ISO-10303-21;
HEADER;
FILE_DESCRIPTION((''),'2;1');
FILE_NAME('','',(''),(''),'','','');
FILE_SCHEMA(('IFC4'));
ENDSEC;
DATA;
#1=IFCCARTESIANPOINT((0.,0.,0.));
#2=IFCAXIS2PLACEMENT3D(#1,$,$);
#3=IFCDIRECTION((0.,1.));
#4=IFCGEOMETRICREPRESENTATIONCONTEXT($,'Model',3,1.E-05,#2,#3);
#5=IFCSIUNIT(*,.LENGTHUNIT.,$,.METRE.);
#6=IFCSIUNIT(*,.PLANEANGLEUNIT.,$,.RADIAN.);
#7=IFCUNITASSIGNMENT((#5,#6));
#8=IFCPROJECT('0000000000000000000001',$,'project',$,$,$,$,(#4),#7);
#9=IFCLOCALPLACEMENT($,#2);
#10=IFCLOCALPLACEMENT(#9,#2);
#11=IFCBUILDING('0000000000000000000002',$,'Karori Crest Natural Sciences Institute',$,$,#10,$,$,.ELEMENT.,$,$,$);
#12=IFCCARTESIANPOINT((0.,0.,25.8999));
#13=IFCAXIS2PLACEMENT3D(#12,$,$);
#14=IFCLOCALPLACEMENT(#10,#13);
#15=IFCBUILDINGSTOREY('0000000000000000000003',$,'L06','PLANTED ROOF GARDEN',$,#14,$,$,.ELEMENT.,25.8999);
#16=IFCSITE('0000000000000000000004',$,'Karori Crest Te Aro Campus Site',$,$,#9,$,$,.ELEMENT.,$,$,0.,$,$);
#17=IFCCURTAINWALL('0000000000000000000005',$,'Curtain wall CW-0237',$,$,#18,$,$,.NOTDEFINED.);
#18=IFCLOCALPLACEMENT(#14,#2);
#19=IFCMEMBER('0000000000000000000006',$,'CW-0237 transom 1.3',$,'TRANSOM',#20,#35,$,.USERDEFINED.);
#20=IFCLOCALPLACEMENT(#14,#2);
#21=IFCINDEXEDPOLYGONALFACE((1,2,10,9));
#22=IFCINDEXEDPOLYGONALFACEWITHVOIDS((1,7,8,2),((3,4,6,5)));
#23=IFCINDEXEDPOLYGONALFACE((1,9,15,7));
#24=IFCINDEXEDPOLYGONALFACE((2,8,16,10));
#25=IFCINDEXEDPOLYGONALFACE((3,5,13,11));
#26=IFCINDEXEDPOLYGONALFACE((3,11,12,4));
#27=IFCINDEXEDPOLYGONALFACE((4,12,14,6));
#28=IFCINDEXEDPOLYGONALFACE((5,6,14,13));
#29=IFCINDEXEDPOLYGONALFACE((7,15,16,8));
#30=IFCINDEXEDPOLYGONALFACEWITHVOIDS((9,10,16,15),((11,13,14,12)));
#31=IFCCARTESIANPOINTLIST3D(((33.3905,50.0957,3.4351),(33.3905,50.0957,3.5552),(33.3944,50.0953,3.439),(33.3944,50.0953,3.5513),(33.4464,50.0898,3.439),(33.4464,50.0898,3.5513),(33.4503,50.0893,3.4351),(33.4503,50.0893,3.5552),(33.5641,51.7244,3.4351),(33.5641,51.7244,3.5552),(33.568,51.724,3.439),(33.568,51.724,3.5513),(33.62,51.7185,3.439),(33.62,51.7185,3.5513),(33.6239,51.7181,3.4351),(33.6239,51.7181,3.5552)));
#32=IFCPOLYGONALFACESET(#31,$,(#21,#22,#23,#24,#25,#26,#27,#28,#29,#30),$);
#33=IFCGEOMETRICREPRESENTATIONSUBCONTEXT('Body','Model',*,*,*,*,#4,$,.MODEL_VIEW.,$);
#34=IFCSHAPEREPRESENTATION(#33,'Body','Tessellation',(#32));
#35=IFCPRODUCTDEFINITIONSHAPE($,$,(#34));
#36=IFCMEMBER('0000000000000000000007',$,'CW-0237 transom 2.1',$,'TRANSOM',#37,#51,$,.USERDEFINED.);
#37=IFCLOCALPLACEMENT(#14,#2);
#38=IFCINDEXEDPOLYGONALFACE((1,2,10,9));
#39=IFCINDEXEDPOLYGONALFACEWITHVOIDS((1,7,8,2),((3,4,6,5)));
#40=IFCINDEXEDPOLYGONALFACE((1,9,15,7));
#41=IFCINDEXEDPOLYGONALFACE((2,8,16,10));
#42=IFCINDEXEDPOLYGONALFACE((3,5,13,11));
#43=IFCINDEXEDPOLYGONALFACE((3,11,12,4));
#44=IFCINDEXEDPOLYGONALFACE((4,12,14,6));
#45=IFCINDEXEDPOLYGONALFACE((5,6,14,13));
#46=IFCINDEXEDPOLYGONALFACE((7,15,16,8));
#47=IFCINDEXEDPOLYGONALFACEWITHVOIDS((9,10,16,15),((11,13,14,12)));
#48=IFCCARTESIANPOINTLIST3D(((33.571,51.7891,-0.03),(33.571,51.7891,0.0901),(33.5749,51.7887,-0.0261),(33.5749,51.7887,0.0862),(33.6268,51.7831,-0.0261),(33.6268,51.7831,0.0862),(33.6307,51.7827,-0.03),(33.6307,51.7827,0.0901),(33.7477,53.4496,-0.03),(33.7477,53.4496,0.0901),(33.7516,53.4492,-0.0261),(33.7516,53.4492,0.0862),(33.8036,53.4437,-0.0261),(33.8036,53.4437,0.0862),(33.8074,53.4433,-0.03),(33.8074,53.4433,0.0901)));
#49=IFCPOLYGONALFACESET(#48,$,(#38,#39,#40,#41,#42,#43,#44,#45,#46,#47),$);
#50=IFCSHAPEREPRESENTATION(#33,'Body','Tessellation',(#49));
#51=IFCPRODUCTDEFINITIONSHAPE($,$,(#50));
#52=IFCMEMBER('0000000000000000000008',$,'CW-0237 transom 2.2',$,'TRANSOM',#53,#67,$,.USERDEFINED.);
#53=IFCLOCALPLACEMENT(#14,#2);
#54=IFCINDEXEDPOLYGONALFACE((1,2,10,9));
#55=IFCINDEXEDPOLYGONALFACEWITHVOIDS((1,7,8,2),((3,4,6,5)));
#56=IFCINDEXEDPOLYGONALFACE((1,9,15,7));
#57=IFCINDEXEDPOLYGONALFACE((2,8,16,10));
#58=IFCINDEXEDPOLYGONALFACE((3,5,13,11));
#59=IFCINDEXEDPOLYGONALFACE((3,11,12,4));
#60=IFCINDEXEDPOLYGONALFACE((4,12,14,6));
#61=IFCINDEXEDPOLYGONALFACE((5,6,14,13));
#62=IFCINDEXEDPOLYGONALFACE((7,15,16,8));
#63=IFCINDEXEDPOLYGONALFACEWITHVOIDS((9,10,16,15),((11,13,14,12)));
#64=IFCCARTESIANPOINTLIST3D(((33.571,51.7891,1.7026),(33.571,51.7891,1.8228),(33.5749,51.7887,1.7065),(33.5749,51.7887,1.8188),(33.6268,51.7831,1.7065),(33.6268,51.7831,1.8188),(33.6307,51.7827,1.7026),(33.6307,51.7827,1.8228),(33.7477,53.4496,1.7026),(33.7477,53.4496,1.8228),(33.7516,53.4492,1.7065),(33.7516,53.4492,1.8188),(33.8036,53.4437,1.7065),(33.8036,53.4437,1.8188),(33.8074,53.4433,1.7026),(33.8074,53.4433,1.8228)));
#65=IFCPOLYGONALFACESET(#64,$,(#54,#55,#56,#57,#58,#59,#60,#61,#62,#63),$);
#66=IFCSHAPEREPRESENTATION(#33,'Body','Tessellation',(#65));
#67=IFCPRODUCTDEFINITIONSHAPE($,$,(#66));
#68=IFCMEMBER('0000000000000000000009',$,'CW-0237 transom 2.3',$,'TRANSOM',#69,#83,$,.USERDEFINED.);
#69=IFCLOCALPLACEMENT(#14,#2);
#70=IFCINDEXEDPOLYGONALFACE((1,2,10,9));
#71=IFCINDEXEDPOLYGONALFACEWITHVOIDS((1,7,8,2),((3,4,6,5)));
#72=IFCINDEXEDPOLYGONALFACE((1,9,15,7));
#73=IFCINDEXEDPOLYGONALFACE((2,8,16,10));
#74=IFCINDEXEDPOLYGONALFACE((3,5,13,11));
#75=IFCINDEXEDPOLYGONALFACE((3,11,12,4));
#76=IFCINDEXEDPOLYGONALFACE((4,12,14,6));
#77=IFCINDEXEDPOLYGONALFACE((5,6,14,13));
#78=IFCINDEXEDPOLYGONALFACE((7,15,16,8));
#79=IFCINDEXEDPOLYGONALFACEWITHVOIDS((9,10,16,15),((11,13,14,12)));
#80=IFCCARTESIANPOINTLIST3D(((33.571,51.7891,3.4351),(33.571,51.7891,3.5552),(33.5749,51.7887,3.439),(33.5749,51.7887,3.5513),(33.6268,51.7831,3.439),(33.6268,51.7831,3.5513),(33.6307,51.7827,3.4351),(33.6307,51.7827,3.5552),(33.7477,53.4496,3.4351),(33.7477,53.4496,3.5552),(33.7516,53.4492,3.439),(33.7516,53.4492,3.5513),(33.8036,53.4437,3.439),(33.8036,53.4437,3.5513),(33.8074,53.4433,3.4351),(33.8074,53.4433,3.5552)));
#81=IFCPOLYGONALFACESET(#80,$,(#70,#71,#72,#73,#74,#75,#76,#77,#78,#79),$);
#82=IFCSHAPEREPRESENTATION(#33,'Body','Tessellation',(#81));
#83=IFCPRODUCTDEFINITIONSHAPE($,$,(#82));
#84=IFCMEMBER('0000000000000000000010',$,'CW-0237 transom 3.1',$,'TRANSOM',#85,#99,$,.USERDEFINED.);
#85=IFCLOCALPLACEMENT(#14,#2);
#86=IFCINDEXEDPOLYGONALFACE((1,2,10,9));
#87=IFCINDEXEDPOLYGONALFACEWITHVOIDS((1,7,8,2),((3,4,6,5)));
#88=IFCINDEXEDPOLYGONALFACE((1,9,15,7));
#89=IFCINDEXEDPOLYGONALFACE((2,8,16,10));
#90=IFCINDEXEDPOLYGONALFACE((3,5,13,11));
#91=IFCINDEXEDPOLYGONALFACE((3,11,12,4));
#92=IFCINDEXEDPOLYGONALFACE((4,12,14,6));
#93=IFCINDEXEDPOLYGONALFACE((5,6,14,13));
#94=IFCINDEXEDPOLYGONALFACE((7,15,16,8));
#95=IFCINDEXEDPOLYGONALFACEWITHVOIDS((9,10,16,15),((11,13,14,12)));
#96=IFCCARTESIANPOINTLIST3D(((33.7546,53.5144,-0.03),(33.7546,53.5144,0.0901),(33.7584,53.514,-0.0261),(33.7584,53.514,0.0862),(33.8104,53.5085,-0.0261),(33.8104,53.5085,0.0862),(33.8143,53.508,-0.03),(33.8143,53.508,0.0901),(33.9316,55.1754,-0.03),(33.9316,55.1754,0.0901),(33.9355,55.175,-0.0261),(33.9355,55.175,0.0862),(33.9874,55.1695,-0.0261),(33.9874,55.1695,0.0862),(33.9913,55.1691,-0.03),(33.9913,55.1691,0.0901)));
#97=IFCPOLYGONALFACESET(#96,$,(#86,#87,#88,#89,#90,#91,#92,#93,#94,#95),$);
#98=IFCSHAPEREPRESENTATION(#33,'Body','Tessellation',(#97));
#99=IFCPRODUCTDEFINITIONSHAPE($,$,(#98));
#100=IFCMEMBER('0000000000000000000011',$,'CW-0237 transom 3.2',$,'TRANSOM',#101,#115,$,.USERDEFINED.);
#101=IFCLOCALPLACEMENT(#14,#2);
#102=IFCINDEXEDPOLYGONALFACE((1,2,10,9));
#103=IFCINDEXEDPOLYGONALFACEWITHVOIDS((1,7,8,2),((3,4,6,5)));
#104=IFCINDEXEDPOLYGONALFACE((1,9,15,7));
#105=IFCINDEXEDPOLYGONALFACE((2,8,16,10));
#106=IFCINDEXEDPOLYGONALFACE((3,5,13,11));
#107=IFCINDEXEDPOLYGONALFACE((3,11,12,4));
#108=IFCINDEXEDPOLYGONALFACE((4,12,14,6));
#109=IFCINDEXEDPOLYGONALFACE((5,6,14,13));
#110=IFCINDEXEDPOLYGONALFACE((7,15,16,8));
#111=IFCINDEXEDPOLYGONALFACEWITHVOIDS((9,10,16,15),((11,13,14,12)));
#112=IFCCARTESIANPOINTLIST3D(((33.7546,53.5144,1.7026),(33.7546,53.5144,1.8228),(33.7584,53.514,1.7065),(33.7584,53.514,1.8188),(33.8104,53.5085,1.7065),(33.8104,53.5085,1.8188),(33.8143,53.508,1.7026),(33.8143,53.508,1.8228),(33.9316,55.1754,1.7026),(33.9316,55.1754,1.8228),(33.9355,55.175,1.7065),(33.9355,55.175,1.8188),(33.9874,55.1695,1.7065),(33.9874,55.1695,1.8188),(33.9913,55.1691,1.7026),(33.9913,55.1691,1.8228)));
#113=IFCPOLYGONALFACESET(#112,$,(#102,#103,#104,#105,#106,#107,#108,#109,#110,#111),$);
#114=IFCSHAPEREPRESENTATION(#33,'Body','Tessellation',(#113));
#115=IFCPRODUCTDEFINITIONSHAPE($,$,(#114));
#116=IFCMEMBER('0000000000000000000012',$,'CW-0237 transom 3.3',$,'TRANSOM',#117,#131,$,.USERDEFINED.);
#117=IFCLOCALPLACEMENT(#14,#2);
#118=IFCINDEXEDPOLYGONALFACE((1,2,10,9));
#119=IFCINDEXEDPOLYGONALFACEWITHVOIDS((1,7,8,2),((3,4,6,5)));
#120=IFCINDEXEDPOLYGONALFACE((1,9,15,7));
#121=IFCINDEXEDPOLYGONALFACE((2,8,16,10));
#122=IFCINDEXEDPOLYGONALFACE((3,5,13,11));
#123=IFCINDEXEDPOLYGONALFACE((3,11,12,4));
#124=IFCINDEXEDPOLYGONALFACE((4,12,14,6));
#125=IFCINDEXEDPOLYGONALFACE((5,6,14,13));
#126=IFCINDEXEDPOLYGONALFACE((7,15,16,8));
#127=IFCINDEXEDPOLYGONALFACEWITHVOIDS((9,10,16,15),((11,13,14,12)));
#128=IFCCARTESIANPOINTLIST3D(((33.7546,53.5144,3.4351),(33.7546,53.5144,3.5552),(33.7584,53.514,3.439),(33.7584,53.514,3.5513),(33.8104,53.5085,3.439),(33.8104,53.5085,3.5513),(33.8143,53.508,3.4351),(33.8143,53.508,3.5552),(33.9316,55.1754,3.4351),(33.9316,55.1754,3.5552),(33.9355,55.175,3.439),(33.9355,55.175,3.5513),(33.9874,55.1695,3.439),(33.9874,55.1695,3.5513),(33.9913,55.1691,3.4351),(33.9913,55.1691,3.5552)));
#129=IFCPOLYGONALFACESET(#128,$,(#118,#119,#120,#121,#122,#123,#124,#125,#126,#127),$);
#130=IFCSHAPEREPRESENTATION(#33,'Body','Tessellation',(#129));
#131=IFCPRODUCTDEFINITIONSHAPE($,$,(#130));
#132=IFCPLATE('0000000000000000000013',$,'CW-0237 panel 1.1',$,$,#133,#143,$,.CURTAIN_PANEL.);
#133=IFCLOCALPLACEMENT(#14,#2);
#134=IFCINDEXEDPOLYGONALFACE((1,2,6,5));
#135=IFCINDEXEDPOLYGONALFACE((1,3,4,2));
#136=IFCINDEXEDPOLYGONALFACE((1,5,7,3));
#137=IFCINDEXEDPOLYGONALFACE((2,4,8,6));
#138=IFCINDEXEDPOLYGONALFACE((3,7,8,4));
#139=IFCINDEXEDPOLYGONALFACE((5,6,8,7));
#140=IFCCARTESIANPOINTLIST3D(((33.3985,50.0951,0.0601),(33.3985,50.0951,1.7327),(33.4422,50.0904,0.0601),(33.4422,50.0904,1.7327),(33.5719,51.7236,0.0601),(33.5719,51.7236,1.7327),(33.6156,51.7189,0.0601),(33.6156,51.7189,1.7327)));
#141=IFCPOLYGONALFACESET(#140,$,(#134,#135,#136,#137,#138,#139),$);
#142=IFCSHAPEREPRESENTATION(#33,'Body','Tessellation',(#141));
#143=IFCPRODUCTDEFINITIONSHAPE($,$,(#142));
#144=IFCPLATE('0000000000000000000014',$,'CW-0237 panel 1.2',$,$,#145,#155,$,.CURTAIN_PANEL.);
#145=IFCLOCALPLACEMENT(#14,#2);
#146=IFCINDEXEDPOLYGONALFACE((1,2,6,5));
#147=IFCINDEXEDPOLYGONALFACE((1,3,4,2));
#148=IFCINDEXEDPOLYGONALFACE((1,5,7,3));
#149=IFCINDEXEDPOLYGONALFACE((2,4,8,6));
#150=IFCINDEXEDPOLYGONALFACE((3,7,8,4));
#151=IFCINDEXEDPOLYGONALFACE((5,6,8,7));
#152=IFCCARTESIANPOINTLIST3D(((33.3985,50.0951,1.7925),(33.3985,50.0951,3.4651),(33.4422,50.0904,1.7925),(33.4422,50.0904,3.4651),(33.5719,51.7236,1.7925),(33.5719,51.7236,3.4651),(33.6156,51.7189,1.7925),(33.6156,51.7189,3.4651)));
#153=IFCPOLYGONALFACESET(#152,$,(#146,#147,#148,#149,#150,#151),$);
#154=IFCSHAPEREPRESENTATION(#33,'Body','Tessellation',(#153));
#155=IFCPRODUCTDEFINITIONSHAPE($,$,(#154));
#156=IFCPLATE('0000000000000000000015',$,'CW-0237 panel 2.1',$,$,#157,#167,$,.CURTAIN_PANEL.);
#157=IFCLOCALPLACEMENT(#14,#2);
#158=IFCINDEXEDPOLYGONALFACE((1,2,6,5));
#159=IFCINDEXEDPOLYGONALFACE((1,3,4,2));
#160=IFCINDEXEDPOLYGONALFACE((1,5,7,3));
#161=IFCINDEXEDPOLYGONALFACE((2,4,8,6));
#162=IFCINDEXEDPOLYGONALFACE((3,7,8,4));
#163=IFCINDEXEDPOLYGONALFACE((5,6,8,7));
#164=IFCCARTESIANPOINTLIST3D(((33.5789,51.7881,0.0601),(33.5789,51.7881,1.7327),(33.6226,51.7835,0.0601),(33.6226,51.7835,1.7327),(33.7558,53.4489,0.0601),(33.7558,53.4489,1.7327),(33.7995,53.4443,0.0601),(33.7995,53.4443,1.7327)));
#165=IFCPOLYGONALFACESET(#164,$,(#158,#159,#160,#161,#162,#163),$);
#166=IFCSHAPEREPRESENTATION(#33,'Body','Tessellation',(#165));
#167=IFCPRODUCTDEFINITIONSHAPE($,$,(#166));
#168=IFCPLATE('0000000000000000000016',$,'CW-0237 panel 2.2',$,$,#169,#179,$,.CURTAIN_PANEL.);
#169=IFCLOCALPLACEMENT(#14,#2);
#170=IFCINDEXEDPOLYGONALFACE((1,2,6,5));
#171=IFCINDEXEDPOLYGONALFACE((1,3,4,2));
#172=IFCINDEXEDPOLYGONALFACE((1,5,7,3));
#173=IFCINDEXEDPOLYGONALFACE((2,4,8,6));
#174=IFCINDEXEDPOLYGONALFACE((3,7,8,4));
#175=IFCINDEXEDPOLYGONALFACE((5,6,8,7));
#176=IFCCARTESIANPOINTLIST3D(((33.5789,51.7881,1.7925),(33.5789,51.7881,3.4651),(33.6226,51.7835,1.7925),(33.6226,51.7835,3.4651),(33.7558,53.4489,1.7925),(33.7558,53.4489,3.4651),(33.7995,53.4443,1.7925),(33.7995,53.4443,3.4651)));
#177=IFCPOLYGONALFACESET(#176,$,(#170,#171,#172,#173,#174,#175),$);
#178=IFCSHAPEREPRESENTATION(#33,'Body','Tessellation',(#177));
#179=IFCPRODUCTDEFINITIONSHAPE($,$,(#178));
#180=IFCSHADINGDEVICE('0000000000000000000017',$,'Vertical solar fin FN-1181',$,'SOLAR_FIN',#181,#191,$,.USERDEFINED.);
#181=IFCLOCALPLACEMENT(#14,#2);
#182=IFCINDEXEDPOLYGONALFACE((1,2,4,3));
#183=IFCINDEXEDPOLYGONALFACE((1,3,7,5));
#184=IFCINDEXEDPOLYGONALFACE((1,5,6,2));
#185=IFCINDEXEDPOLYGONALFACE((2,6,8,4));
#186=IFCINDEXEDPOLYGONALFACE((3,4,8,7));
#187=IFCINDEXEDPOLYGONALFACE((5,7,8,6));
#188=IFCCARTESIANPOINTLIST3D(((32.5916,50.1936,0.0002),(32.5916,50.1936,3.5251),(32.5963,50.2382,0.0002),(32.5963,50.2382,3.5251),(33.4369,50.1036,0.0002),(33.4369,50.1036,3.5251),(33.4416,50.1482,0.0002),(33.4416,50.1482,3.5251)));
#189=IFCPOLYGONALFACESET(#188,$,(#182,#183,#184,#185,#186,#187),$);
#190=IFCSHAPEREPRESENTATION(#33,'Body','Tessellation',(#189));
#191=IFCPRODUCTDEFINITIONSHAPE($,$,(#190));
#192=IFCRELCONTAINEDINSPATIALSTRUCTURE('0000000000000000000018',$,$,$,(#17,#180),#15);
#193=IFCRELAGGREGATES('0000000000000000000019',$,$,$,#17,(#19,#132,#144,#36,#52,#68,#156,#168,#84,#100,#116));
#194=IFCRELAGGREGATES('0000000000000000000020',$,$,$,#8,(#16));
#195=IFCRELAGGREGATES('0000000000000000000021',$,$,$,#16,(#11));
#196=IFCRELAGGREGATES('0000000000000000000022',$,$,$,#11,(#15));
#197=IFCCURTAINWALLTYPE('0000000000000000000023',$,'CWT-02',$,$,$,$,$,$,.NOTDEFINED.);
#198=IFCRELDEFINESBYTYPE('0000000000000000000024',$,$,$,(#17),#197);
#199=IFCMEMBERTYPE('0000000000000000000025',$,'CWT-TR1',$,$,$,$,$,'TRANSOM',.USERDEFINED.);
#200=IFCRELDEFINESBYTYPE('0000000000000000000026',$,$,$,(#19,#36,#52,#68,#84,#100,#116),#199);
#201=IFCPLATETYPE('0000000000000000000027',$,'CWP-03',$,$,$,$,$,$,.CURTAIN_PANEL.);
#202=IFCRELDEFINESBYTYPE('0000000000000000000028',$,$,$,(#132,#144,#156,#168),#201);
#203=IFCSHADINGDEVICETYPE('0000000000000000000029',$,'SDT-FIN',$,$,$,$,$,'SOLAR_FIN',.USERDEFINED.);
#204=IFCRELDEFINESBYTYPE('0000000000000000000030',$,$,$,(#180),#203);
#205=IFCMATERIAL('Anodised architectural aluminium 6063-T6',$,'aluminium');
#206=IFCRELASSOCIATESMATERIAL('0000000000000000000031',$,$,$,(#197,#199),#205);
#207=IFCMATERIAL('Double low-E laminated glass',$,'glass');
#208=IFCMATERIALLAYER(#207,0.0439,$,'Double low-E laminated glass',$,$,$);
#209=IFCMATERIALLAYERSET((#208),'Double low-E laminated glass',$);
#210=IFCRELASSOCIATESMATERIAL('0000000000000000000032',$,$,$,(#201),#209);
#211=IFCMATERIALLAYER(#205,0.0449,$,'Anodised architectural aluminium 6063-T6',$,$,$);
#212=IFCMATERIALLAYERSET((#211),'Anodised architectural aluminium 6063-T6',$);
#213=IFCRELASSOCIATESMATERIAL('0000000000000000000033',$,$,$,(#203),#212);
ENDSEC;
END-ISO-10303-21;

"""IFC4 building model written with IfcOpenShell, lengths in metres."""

from ifc_helpers import new_model, si_unit, direction, frame, origin, origin_2d, place, context, subcontext, project, spatial, rectangle, hollow_rectangle, extrude, material, layer, layer_set, material_profile, profile_set, type_object, element, aggregate, save


model = new_model("IFC4")

# Units and contexts
model_context = context("Model", 3, precision=1e-05, world=origin(), true_north=direction((0.0, 1.0)))
body_context = subcontext(model_context, "Body", "Model", "MODEL_VIEW")
ifc_project = project(units=[si_unit("LENGTHUNIT", "METRE"), si_unit("PLANEANGLEUNIT", "RADIAN")], contexts=[model_context])

# Site, building, storey
site_placement = place(None, origin())
site = spatial("IfcSite", under=ifc_project, at=site_placement, Name="Karori Crest Te Aro Campus Site", CompositionType="ELEMENT", RefElevation=0.0)
building_placement = place(site_placement, origin())
building = spatial("IfcBuilding", under=site, at=building_placement, Name="Karori Crest Natural Sciences Institute", CompositionType="ELEMENT")
storey_placement = place(building_placement, frame((0.0, 0.0, 25.8999)))
storey = spatial("IfcBuildingStorey", under=building, at=storey_placement, Name="L06", Description="PLANTED ROOF GARDEN", CompositionType="ELEMENT", Elevation=25.8999)

# Curtain wall
ifc_material_1 = material(Name="Anodised architectural aluminium 6063-T6", Category="aluminium")
curtain_wall_type_1 = type_object("IfcCurtainWallType", Name="CWT-02", PredefinedType="NOTDEFINED", material=ifc_material_1)
curtain_wall_1_placement = place(storey_placement, origin())
curtain_wall_1 = element("IfcCurtainWall", 1, at=curtain_wall_1_placement, inside=storey, type_object=curtain_wall_type_1, Name="Curtain wall CW-0237", PredefinedType="NOTDEFINED")

# Members
ifc_material_profile_1 = material_profile(ifc_material_1, hollow_rectangle(XDim=0.0601, YDim=0.1201, WallThickness=0.0039, at=origin_2d()), Name="CWT120x60x4")
ifc_profile_set_1 = profile_set([ifc_material_profile_1], Name="Anodised architectural aluminium 6063-T6")
member_type_1 = type_object("IfcMemberType", Name="CWT-TR1", ElementType="TRANSOM", PredefinedType="USERDEFINED", material=ifc_profile_set_1)
member_1_placement = place(storey_placement, frame((33.4204, 50.0925, 3.4951), z_axis=(0.10598, 0.994368, 0.0), x_axis=(-0.994368, 0.10598, 0.0)))
member_1 = element("IfcMember", 2, at=member_1_placement, type_object=member_type_1, Name="CW-0237 transom 1.3", ObjectType="TRANSOM", PredefinedType="USERDEFINED", context=body_context, shape_type="SweptSolid", body=[
    extrude(hollow_rectangle(XDim=0.0601, YDim=0.1201, WallThickness=0.0039, at=origin_2d()), origin(), (0.0, 0.0, 1.0), 1.6379),
])
member_2_placement = place(storey_placement, frame((33.6008, 51.7859, 0.03), z_axis=(0.105841, 0.994383, 0.0), x_axis=(-0.994383, 0.105841, 0.0)))
member_2 = element("IfcMember", 3, at=member_2_placement, type_object=member_type_1, Name="CW-0237 transom 2.1", ObjectType="TRANSOM", PredefinedType="USERDEFINED", context=body_context, shape_type="SweptSolid", body=[
    extrude(hollow_rectangle(XDim=0.0601, YDim=0.1201, WallThickness=0.0039, at=origin_2d()), origin(), (0.0, 0.0, 1.0), 1.6699),
])
member_3_placement = place(storey_placement, frame((33.6008, 51.7859, 1.7627), z_axis=(0.105841, 0.994383, 0.0), x_axis=(-0.994383, 0.105841, 0.0)))
member_3 = element("IfcMember", 4, at=member_3_placement, type_object=member_type_1, Name="CW-0237 transom 2.2", ObjectType="TRANSOM", PredefinedType="USERDEFINED", context=body_context, shape_type="SweptSolid", body=[
    extrude(hollow_rectangle(XDim=0.0601, YDim=0.1201, WallThickness=0.0039, at=origin_2d()), origin(), (0.0, 0.0, 1.0), 1.6699),
])
member_4_placement = place(storey_placement, frame((33.6008, 51.7859, 3.4951), z_axis=(0.105841, 0.994383, 0.0), x_axis=(-0.994383, 0.105841, 0.0)))
member_4 = element("IfcMember", 5, at=member_4_placement, type_object=member_type_1, Name="CW-0237 transom 2.3", ObjectType="TRANSOM", PredefinedType="USERDEFINED", context=body_context, shape_type="SweptSolid", body=[
    extrude(hollow_rectangle(XDim=0.0601, YDim=0.1201, WallThickness=0.0039, at=origin_2d()), origin(), (0.0, 0.0, 1.0), 1.6699),
])
member_5_placement = place(storey_placement, frame((33.7844, 53.5112, 0.03), z_axis=(0.105971, 0.994369, 0.0), x_axis=(-0.994369, 0.105971, 0.0)))
member_5 = element("IfcMember", 6, at=member_5_placement, type_object=member_type_1, Name="CW-0237 transom 3.1", ObjectType="TRANSOM", PredefinedType="USERDEFINED", context=body_context, shape_type="SweptSolid", body=[
    extrude(hollow_rectangle(XDim=0.0601, YDim=0.1201, WallThickness=0.0039, at=origin_2d()), origin(), (0.0, 0.0, 1.0), 1.6704),
])
member_6_placement = place(storey_placement, frame((33.7844, 53.5112, 1.7627), z_axis=(0.105971, 0.994369, 0.0), x_axis=(-0.994369, 0.105971, 0.0)))
member_6 = element("IfcMember", 7, at=member_6_placement, type_object=member_type_1, Name="CW-0237 transom 3.2", ObjectType="TRANSOM", PredefinedType="USERDEFINED", context=body_context, shape_type="SweptSolid", body=[
    extrude(hollow_rectangle(XDim=0.0601, YDim=0.1201, WallThickness=0.0039, at=origin_2d()), origin(), (0.0, 0.0, 1.0), 1.6704),
])
member_7_placement = place(storey_placement, frame((33.7844, 53.5112, 3.4951), z_axis=(0.105971, 0.994369, 0.0), x_axis=(-0.994369, 0.105971, 0.0)))
member_7 = element("IfcMember", 8, at=member_7_placement, type_object=member_type_1, Name="CW-0237 transom 3.3", ObjectType="TRANSOM", PredefinedType="USERDEFINED", context=body_context, shape_type="SweptSolid", body=[
    extrude(hollow_rectangle(XDim=0.0601, YDim=0.1201, WallThickness=0.0039, at=origin_2d()), origin(), (0.0, 0.0, 1.0), 1.6704),
])

# Plates
ifc_material_2 = material(Name="Double low-E laminated glass", Category="glass")
ifc_layer_1 = layer(ifc_material_2, 0.0439, Name="Double low-E laminated glass")
ifc_layer_set_1 = layer_set([ifc_layer_1], Name="Double low-E laminated glass")
plate_type = type_object("IfcPlateType", Name="CWP-03", PredefinedType="CURTAIN_PANEL", material=ifc_layer_set_1)
plate_1_placement = place(storey_placement, frame((33.5071, 50.907, 0.0601), z_axis=(0.0, 0.0, 1.0), x_axis=(0.105886, 0.994378, 0.0)))
plate_1 = element("IfcPlate", 9, at=plate_1_placement, type_object=plate_type, Name="CW-0237 panel 1.1", PredefinedType="CURTAIN_PANEL", context=body_context, shape_type="SweptSolid", body=[
    extrude(rectangle(XDim=1.6377, YDim=0.0439, at=origin_2d()), origin(), (0.0, 0.0, 1.0), 1.6726),
])
plate_2_placement = place(storey_placement, frame((33.5071, 50.907, 1.7925), z_axis=(0.0, 0.0, 1.0), x_axis=(0.105886, 0.994378, 0.0)))
plate_2 = element("IfcPlate", 10, at=plate_2_placement, type_object=plate_type, Name="CW-0237 panel 1.2", PredefinedType="CURTAIN_PANEL", context=body_context, shape_type="SweptSolid", body=[
    extrude(rectangle(XDim=1.6377, YDim=0.0439, at=origin_2d()), origin(), (0.0, 0.0, 1.0), 1.6726),
])
plate_3_placement = place(storey_placement, frame((33.6892, 52.6162, 0.0601), z_axis=(0.0, 0.0, 1.0), x_axis=(0.105886, 0.994378, 0.0)))
plate_3 = element("IfcPlate", 11, at=plate_3_placement, type_object=plate_type, Name="CW-0237 panel 2.1", PredefinedType="CURTAIN_PANEL", context=body_context, shape_type="SweptSolid", body=[
    extrude(rectangle(XDim=1.6702, YDim=0.0439, at=origin_2d()), origin(), (0.0, 0.0, 1.0), 1.6726),
])
plate_4_placement = place(storey_placement, frame((33.6892, 52.6162, 1.7925), z_axis=(0.0, 0.0, 1.0), x_axis=(0.105886, 0.994378, 0.0)))
plate_4 = element("IfcPlate", 12, at=plate_4_placement, type_object=plate_type, Name="CW-0237 panel 2.2", PredefinedType="CURTAIN_PANEL", context=body_context, shape_type="SweptSolid", body=[
    extrude(rectangle(XDim=1.6702, YDim=0.0439, at=origin_2d()), origin(), (0.0, 0.0, 1.0), 1.6726),
])
aggregate(curtain_wall_1, [member_1, plate_1, plate_2, member_2, member_3, member_4, plate_3, plate_4, member_5, member_6, member_7])

# Shading device
ifc_layer_2 = layer(ifc_material_1, 0.0449, Name="Anodised architectural aluminium 6063-T6")
ifc_layer_set_2 = layer_set([ifc_layer_2], Name="Anodised architectural aluminium 6063-T6")
shading_device_type = type_object("IfcShadingDeviceType", Name="SDT-FIN", ElementType="SOLAR_FIN", PredefinedType="USERDEFINED", material=ifc_layer_set_2)
for number, where, z_axis, x_axis, name in (
    (13, (33.0166, 50.1709, 0.0002), (0.0, 0.0, 1.0), (-0.994378, 0.105886, 0.0), "Vertical solar fin FN-1181"),
):
    element("IfcShadingDevice", number, at=place(storey_placement, frame(where, z_axis=z_axis, x_axis=x_axis)), inside=storey, type_object=shading_device_type, Name=name, ObjectType="SOLAR_FIN", PredefinedType="USERDEFINED", context=body_context, shape_type="SweptSolid", body=[
        extrude(rectangle(XDim=0.8501, YDim=0.0449, at=origin_2d()), origin(), (0.0, 0.0, 1.0), 3.5249),
    ])

save(model, "model.ifc")
